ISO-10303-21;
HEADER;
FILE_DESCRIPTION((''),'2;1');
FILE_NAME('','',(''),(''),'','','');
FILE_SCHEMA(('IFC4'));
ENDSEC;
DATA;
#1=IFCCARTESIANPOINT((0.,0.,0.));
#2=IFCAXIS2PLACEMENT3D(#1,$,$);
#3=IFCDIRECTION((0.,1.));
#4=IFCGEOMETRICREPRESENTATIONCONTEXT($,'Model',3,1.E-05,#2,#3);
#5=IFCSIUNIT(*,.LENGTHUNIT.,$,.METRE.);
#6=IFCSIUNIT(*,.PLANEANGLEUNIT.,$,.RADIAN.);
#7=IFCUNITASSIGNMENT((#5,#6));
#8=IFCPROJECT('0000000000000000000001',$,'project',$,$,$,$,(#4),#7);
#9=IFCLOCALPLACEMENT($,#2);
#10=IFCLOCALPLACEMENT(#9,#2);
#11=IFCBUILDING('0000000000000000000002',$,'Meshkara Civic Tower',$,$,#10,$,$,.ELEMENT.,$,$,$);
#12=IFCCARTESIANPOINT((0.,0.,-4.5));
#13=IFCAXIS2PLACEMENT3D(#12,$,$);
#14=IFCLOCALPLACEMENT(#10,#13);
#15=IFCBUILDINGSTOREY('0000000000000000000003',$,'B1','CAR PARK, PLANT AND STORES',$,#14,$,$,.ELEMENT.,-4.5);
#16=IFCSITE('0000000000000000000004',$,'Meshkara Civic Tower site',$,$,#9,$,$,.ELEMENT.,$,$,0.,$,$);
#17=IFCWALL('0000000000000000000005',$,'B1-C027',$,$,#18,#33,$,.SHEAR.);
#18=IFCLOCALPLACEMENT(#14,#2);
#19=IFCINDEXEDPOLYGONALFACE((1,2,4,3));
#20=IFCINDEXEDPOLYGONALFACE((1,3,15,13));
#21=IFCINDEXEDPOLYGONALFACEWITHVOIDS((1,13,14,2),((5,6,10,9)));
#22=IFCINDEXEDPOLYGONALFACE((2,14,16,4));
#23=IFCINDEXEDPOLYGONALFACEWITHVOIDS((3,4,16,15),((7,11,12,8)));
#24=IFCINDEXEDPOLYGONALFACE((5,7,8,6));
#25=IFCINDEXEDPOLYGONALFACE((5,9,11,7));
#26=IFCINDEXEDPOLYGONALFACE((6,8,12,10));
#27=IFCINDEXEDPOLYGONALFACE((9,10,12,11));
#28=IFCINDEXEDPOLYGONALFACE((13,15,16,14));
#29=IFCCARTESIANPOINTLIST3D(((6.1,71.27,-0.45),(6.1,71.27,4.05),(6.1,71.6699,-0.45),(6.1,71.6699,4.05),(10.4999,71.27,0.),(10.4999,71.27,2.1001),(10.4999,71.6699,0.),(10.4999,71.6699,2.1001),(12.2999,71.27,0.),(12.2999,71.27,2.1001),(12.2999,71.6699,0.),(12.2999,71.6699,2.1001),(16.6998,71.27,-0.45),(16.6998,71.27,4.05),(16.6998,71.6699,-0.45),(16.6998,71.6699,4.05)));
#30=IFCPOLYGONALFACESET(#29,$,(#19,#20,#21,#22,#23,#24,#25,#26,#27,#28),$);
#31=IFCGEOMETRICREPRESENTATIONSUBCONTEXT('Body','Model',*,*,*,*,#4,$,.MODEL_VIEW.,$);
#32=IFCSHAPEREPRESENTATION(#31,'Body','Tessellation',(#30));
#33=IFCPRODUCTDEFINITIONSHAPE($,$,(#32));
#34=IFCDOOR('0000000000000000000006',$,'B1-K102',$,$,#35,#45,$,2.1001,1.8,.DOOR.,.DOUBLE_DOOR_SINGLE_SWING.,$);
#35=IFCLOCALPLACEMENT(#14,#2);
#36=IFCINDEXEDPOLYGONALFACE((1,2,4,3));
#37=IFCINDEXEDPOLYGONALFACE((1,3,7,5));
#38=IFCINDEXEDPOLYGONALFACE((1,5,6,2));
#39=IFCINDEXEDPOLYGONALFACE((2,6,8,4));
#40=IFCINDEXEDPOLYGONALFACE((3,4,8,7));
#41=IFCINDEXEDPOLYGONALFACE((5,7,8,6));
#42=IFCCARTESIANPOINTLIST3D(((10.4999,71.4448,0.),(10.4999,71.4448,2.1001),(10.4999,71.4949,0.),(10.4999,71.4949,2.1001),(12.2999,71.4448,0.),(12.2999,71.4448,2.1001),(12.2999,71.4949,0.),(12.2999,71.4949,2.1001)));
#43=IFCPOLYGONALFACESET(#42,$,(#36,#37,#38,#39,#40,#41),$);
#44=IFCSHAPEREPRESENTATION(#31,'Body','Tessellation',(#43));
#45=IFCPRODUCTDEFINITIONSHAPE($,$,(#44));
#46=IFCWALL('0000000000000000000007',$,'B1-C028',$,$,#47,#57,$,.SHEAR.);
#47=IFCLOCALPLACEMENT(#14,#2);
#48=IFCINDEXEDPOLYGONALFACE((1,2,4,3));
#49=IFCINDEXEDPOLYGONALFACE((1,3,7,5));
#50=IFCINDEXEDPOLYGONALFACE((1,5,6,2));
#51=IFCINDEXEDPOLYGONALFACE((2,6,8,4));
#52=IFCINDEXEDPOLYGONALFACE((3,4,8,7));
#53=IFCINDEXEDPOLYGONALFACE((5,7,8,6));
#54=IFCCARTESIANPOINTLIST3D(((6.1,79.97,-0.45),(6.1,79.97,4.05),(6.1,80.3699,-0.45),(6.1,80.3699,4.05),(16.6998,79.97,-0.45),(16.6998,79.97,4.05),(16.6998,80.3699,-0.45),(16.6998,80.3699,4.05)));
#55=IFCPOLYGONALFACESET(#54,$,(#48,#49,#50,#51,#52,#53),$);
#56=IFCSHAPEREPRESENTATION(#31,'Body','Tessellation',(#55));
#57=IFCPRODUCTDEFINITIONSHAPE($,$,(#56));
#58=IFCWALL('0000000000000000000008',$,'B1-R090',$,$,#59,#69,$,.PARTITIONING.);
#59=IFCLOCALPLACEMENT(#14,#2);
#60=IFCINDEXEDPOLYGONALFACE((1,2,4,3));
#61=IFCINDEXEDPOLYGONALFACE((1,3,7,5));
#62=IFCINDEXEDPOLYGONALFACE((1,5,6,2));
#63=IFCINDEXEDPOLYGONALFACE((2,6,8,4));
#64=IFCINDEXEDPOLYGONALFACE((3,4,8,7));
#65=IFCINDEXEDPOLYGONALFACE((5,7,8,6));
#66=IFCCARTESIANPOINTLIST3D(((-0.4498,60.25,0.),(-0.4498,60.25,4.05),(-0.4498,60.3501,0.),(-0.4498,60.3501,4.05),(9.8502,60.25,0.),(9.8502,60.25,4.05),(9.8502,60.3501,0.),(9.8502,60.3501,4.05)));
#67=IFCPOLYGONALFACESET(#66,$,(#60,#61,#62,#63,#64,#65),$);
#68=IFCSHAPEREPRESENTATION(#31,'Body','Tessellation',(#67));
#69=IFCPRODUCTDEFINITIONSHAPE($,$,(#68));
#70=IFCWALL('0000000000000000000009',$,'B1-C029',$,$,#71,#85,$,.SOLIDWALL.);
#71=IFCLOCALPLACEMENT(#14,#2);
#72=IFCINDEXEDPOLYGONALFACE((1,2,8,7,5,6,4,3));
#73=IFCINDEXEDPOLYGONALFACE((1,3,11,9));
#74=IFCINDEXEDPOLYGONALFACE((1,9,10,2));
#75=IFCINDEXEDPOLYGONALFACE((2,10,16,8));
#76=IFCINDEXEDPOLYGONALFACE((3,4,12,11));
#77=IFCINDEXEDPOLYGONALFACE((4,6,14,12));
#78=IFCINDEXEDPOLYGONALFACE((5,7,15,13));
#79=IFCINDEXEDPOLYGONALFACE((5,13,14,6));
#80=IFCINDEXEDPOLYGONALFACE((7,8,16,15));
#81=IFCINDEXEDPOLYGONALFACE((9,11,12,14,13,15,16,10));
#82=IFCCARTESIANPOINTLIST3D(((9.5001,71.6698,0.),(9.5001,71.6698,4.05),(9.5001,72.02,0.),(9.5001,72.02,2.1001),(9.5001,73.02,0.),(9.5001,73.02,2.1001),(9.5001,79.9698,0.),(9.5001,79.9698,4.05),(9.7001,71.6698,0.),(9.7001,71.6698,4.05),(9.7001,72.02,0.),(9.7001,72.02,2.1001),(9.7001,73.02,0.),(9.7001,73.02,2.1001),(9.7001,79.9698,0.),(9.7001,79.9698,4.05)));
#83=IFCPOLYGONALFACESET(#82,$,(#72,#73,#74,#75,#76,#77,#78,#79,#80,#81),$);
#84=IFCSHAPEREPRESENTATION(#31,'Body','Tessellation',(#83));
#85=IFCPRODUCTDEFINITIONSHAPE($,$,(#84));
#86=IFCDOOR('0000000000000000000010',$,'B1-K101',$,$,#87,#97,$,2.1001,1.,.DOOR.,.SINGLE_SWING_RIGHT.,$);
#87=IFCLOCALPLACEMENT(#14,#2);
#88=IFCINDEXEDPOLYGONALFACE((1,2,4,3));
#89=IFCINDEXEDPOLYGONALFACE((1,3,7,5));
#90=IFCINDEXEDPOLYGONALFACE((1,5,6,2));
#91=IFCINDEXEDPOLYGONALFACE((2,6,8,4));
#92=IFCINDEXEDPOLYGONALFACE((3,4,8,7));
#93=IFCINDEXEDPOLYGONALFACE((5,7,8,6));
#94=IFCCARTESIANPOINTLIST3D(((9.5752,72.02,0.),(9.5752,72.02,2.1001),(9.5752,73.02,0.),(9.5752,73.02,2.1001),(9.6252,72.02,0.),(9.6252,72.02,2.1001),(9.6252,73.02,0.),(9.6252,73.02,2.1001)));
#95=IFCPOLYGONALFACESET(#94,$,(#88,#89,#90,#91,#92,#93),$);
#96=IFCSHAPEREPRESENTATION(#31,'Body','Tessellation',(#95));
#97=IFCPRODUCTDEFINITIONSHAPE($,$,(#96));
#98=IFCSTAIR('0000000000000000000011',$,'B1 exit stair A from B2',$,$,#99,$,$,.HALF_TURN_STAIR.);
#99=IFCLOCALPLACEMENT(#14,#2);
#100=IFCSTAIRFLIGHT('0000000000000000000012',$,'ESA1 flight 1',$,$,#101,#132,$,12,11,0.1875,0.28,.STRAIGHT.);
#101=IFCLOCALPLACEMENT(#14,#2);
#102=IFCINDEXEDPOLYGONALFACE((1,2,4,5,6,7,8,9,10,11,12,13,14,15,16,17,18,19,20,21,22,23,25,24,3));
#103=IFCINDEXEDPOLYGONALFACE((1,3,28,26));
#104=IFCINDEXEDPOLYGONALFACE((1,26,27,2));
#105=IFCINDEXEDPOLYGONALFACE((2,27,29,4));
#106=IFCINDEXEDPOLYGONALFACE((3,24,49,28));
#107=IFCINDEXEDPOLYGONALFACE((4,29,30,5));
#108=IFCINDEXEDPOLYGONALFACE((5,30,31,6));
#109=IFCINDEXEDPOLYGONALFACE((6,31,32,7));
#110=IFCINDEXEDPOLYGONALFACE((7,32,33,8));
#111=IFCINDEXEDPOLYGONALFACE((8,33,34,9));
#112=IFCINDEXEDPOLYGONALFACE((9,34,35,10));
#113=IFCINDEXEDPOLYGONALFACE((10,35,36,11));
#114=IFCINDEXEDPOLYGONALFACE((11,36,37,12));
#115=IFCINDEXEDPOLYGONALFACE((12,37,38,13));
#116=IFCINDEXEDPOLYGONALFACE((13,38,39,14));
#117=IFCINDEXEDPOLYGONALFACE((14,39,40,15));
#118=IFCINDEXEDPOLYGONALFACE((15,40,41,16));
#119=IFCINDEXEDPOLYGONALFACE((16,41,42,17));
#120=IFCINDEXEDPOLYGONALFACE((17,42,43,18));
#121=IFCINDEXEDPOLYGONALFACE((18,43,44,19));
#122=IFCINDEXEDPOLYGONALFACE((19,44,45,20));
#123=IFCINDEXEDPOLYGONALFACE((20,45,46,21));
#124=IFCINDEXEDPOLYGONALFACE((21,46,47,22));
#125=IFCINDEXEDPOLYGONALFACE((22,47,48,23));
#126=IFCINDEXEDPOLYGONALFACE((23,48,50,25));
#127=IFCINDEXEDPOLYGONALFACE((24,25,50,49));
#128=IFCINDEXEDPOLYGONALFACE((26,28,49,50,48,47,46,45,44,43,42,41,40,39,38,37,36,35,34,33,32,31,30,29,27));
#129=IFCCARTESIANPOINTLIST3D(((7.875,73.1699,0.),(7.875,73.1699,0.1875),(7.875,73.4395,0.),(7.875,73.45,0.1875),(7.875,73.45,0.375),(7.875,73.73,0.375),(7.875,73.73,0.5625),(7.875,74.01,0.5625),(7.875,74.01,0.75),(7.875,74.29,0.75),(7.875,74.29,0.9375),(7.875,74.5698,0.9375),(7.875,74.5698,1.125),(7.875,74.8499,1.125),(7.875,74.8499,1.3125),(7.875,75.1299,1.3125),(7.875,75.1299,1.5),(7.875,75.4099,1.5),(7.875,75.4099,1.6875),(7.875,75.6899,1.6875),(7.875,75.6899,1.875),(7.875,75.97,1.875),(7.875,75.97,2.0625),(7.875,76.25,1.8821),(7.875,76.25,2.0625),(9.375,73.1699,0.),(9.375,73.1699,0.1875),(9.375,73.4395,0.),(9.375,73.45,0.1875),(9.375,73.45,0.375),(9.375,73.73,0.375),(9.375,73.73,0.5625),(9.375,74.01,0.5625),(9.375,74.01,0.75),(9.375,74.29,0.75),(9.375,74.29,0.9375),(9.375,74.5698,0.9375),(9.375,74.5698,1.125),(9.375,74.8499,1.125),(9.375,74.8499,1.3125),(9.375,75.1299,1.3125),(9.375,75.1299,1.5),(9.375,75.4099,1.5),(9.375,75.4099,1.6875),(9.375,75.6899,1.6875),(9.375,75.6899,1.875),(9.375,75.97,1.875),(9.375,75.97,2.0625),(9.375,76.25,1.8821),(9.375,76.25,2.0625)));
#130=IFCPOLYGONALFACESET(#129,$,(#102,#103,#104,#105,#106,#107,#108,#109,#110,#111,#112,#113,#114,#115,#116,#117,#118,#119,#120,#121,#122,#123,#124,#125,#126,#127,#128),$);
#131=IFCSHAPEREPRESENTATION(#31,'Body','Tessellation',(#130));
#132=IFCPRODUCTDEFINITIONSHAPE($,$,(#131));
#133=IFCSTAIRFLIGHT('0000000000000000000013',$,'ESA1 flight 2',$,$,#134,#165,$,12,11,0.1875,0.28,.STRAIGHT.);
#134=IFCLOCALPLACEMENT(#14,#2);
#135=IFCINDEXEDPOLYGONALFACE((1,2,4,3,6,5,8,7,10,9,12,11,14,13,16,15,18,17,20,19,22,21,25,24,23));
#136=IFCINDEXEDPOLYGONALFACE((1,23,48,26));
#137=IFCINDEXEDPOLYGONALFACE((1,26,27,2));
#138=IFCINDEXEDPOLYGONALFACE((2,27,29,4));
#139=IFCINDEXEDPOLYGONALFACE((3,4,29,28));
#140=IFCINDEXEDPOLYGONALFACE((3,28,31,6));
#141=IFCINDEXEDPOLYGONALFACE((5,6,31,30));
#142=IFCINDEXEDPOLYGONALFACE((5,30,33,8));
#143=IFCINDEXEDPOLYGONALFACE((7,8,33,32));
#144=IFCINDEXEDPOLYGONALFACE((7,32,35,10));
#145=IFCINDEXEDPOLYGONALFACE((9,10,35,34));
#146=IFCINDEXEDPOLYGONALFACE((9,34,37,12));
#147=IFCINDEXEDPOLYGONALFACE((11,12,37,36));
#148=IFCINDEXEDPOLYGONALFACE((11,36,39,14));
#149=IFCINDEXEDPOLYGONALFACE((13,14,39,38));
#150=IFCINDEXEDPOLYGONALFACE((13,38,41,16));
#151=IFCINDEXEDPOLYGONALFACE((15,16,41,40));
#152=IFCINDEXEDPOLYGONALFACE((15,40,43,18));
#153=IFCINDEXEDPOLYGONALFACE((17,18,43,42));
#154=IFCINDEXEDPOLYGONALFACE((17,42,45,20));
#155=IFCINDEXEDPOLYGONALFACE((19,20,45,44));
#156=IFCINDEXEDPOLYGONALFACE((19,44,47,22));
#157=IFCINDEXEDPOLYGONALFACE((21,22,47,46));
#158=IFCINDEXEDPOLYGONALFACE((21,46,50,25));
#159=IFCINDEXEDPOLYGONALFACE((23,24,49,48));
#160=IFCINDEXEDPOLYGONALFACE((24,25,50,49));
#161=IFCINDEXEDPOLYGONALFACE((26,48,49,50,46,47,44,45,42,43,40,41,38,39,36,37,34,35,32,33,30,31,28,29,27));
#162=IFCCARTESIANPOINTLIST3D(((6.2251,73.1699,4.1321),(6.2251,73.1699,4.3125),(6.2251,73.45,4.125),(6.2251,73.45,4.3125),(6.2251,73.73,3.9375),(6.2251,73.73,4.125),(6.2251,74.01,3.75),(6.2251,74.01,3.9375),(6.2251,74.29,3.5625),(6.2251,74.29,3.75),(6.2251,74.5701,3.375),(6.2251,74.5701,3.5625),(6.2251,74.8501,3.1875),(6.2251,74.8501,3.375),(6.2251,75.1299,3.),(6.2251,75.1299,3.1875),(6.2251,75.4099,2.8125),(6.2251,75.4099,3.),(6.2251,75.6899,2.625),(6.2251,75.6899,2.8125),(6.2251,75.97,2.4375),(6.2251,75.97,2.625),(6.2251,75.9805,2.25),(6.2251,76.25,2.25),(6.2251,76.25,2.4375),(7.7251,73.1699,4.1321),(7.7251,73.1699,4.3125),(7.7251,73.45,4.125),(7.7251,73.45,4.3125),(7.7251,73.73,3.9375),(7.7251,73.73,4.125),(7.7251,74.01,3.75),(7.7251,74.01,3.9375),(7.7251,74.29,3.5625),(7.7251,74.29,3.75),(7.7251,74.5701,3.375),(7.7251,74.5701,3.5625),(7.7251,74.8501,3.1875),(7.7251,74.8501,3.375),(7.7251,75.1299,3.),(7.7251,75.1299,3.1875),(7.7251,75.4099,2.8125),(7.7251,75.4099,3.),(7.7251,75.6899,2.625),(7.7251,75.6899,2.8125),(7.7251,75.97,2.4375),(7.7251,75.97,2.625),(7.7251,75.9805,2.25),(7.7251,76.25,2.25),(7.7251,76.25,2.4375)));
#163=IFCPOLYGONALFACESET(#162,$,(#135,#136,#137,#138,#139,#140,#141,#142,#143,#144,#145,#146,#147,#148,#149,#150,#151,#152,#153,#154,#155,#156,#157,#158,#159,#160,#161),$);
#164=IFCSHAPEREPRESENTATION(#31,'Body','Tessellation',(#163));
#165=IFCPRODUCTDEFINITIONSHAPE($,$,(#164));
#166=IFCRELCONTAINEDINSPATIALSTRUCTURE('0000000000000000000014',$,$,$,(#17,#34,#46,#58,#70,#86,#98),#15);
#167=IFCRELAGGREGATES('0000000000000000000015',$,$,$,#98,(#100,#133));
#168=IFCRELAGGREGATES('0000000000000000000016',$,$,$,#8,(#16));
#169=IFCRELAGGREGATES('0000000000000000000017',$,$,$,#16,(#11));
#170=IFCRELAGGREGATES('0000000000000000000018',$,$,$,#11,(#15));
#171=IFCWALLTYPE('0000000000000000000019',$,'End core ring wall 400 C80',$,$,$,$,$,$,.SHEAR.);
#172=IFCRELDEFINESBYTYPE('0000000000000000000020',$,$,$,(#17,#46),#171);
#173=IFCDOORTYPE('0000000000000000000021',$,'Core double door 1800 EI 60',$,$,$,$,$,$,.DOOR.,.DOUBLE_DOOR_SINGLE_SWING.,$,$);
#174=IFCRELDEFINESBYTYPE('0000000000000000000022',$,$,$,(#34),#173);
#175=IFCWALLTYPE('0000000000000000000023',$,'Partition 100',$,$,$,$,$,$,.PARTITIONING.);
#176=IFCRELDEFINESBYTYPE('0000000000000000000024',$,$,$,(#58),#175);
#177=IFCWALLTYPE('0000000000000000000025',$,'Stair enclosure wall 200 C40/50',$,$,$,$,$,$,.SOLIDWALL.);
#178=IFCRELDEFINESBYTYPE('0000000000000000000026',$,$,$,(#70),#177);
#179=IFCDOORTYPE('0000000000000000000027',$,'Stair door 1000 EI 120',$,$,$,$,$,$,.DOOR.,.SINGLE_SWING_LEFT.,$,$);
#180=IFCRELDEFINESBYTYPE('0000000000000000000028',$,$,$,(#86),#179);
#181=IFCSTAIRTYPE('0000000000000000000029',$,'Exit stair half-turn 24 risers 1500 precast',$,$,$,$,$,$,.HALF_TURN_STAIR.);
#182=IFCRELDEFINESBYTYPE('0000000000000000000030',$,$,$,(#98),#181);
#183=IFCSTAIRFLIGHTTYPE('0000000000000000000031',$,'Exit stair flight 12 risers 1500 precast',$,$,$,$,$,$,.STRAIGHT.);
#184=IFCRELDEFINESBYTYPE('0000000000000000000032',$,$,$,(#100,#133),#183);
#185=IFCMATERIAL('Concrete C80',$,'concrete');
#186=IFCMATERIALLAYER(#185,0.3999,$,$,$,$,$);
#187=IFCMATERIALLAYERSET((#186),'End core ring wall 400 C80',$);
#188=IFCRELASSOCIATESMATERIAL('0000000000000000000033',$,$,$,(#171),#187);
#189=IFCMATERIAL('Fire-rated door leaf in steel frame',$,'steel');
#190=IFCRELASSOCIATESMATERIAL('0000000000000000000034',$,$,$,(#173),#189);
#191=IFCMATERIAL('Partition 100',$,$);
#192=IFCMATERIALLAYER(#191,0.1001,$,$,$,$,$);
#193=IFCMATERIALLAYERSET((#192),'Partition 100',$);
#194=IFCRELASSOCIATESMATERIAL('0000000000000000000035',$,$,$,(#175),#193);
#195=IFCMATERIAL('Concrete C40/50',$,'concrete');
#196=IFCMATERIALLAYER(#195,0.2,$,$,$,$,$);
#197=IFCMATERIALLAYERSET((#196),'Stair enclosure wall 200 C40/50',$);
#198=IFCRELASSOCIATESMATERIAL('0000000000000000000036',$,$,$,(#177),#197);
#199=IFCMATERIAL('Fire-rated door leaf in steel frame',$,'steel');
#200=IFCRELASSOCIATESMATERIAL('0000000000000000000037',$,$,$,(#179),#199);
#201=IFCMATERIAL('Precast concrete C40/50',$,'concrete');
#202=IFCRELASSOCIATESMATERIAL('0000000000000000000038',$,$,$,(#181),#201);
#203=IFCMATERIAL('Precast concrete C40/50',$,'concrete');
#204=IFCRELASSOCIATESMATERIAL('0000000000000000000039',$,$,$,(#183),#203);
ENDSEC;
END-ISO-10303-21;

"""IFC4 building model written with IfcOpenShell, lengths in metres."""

from ifc_helpers import new_model, si_unit, direction, frame, frame_2d, origin, place, context, subcontext, project, spatial, polyline, rectangle, outline, extrude, material, layer, layer_set, type_object, element, fill, aggregate, save


model = new_model("IFC4")

# Units and contexts
model_context = context("Model", 3, precision=1e-05, world=origin(), true_north=direction((0.0, 1.0)))
body_context = subcontext(model_context, "Body", "Model", "MODEL_VIEW")
ifc_project = project(units=[si_unit("LENGTHUNIT", "METRE"), si_unit("PLANEANGLEUNIT", "RADIAN")], contexts=[model_context])

# Site, building, storey
site_placement = place(None, origin())
site = spatial("IfcSite", under=ifc_project, at=site_placement, Name="Meshkara Civic Tower site", CompositionType="ELEMENT", RefElevation=0.0)
building_placement = place(site_placement, origin())
building = spatial("IfcBuilding", under=site, at=building_placement, Name="Meshkara Civic Tower", CompositionType="ELEMENT")
storey_placement = place(building_placement, frame((0.0, 0.0, -4.5)))
storey = spatial("IfcBuildingStorey", under=building, at=storey_placement, Name="B1", Description="CAR PARK, PLANT AND STORES", CompositionType="ELEMENT", Elevation=-4.5)

# Shared definitions
ifc_material_1 = material(Name="Concrete C80", Category="concrete")
ifc_layer_1 = layer(ifc_material_1, 0.3999)
ifc_layer_set_1 = layer_set([ifc_layer_1], Name="End core ring wall 400 C80")
wall_type_1 = type_object("IfcWallType", Name="End core ring wall 400 C80", PredefinedType="SHEAR", material=ifc_layer_set_1)

# Wall, opening, door
wall_1_placement = place(storey_placement, frame((6.1001, 71.47, -0.45), z_axis=(0.0, 0.0, 1.0), x_axis=(1.0, 0.0, 0.0)))
wall_1 = element("IfcWall", 1, at=wall_1_placement, inside=storey, type_object=wall_type_1, Name="B1-C027", PredefinedType="SHEAR", context=body_context, shape_type="SweptSolid", body=[
    extrude(rectangle(XDim=10.5999, YDim=0.3999, at=frame_2d((5.2998, 0.0))), origin(), (0.0, 0.0, 1.0), 4.5),
])
opening_1_placement = place(wall_1_placement, frame((4.3999, 0.0, 0.45)))
opening_1 = element("IfcOpeningElement", 2, at=opening_1_placement, cuts=wall_1, PredefinedType="OPENING", context=body_context, shape_type="SweptSolid", body=[
    extrude(rectangle(XDim=1.8, YDim=2.1001, at=frame_2d((0.8999, 1.05))), frame((0.0, 0.21, 0.0), z_axis=(0.0, -1.0, 0.0), x_axis=(1.0, 0.0, 0.0)), (0.0, 0.0, 1.0), 0.4199),
])
ifc_material_2 = material(Name="Fire-rated door leaf in steel frame", Category="steel")
door_type_1 = type_object("IfcDoorType", Name="Core double door 1800 EI 60", OperationType="DOUBLE_DOOR_SINGLE_SWING", PredefinedType="DOOR", material=ifc_material_2)
door_1_placement = place(opening_1_placement, origin())
door_1 = element("IfcDoor", 3, at=door_1_placement, inside=storey, type_object=door_type_1, Name="B1-K102", OperationType="DOUBLE_DOOR_SINGLE_SWING", OverallHeight=2.1001, OverallWidth=1.8, PredefinedType="DOOR", context=body_context, shape_type="SweptSolid", body=[
    extrude(rectangle(XDim=1.8, YDim=2.1001, at=frame_2d((0.8999, 1.05))), frame((0.0, 0.0249, 0.0), z_axis=(0.0, -1.0, 0.0), x_axis=(1.0, 0.0, 0.0)), (0.0, 0.0, 1.0), 0.05),
])
fill(opening_1, door_1)

# Walls
wall_2_placement = place(storey_placement, frame((6.1001, 80.1699, -0.45), z_axis=(0.0, 0.0, 1.0), x_axis=(1.0, 0.0, 0.0)))
element("IfcWall", 4, at=wall_2_placement, inside=storey, type_object=wall_type_1, Name="B1-C028", PredefinedType="SHEAR", context=body_context, shape_type="SweptSolid", body=[
    extrude(rectangle(XDim=10.5999, YDim=0.3999, at=frame_2d((5.2998, 0.0))), origin(), (0.0, 0.0, 1.0), 4.5),
])
ifc_material_3 = material(Name="Partition 100")
ifc_layer_2 = layer(ifc_material_3, 0.1001)
ifc_layer_set_2 = layer_set([ifc_layer_2], Name="Partition 100")
wall_type_2 = type_object("IfcWallType", Name="Partition 100", PredefinedType="PARTITIONING", material=ifc_layer_set_2)
wall_3_placement = place(storey_placement, frame((9.8501, 60.3, 0.0), z_axis=(0.0, 0.0, 1.0), x_axis=(-1.0, 0.0, 0.0)))
element("IfcWall", 5, at=wall_3_placement, inside=storey, type_object=wall_type_2, Name="B1-R090", PredefinedType="PARTITIONING", context=body_context, shape_type="SweptSolid", body=[
    extrude(rectangle(XDim=10.3, YDim=0.1001, at=frame_2d((5.1499, 0.0))), origin(), (0.0, 0.0, 1.0), 4.05),
])

# Wall, opening, door
ifc_material_4 = material(Name="Concrete C40/50", Category="concrete")
ifc_layer_3 = layer(ifc_material_4, 0.2)
ifc_layer_set_3 = layer_set([ifc_layer_3], Name="Stair enclosure wall 200 C40/50")
wall_type_3 = type_object("IfcWallType", Name="Stair enclosure wall 200 C40/50", PredefinedType="SOLIDWALL", material=ifc_layer_set_3)
wall_4_placement = place(storey_placement, frame((9.6001, 71.6699, 0.0), z_axis=(0.0, 0.0, 1.0), x_axis=(0.0, 1.0, 0.0)))
wall_4 = element("IfcWall", 6, at=wall_4_placement, inside=storey, type_object=wall_type_3, Name="B1-C029", PredefinedType="SOLIDWALL", context=body_context, shape_type="SweptSolid", body=[
    extrude(rectangle(XDim=8.3, YDim=0.2, at=frame_2d((4.1499, 0.0))), origin(), (0.0, 0.0, 1.0), 4.05),
])
opening_2_placement = place(wall_4_placement, frame((0.3501, 0.0, 0.0)))
opening_2 = element("IfcOpeningElement", 7, at=opening_2_placement, cuts=wall_4, PredefinedType="OPENING", context=body_context, shape_type="SweptSolid", body=[
    extrude(rectangle(XDim=1.0, YDim=2.1001, at=frame_2d((0.5, 1.05))), frame((0.0, 0.1099, 0.0), z_axis=(0.0, -1.0, 0.0), x_axis=(1.0, 0.0, 0.0)), (0.0, 0.0, 1.0), 0.22),
])
ifc_material_5 = material(Name="Fire-rated door leaf in steel frame", Category="steel")
door_type_2 = type_object("IfcDoorType", Name="Stair door 1000 EI 120", OperationType="SINGLE_SWING_LEFT", PredefinedType="DOOR", material=ifc_material_5)
door_2_placement = place(opening_2_placement, origin())
door_2 = element("IfcDoor", 8, at=door_2_placement, inside=storey, type_object=door_type_2, Name="B1-K101", OperationType="SINGLE_SWING_RIGHT", OverallHeight=2.1001, OverallWidth=1.0, PredefinedType="DOOR", context=body_context, shape_type="SweptSolid", body=[
    extrude(rectangle(XDim=1.0, YDim=2.1001, at=frame_2d((0.5, 1.05))), frame((0.0, 0.0249, 0.0), z_axis=(0.0, -1.0, 0.0), x_axis=(1.0, 0.0, 0.0)), (0.0, 0.0, 1.0), 0.05),
])
fill(opening_2, door_2)

# Stair, stair flights
ifc_material_6 = material(Name="Precast concrete C40/50", Category="concrete")
stair_type = type_object("IfcStairType", Name="Exit stair half-turn 24 risers 1500 precast", PredefinedType="HALF_TURN_STAIR", material=ifc_material_6)
stair_placement = place(storey_placement, origin())
stair = element("IfcStair", 9, at=stair_placement, inside=storey, type_object=stair_type, Name="B1 exit stair A from B2", PredefinedType="HALF_TURN_STAIR")
ifc_material_7 = material(Name="Precast concrete C40/50", Category="concrete")
stair_flight_type = type_object("IfcStairFlightType", Name="Exit stair flight 12 risers 1500 precast", PredefinedType="STRAIGHT", material=ifc_material_7)
stair_flight_1_placement = place(storey_placement, frame((8.625, 73.1699, 0.0), z_axis=(0.0, 0.0, 1.0), x_axis=(0.0, 1.0, 0.0)))
stair_flight_1 = element("IfcStairFlight", 10, at=stair_flight_1_placement, type_object=stair_flight_type, Name="ESA1 flight 1", NumberOfRisers=12, NumberOfTreads=11, PredefinedType="STRAIGHT", RiserHeight=0.1875, TreadLength=0.28, context=body_context, shape_type="SweptSolid", body=[
    extrude(outline(polyline([(0.0, 0.0), (0.0, 0.1875), (0.28, 0.1875), (0.28, 0.375), (0.5601, 0.375), (0.5601, 0.5625), (0.8401, 0.5625), (0.8401, 0.75), (1.1201, 0.75), (1.1201, 0.9375), (1.3999, 0.9375), (1.3999, 1.125), (1.6799, 1.125), (1.6799, 1.3125), (1.96, 1.3125), (1.96, 1.5), (2.24, 1.5), (2.24, 1.6875), (2.52, 1.6875), (2.52, 1.875), (2.8, 1.875), (2.8, 2.0625), (3.0801, 2.0625), (3.0801, 2.25), (3.0801, 1.8821), (0.2695, 0.0), (0.0, 0.0)])), frame((0.0, 0.75, 0.0), z_axis=(0.0, -1.0, 0.0), x_axis=(1.0, 0.0, 0.0)), (0.0, 0.0, 1.0), 1.5),
])
stair_flight_2_placement = place(storey_placement, frame((6.9751, 76.25, 2.25), z_axis=(0.0, 0.0, 1.0), x_axis=(0.0, -1.0, 0.0)))
stair_flight_2 = element("IfcStairFlight", 11, at=stair_flight_2_placement, type_object=stair_flight_type, Name="ESA1 flight 2", NumberOfRisers=12, NumberOfTreads=11, PredefinedType="STRAIGHT", RiserHeight=0.1875, TreadLength=0.28, context=body_context, shape_type="SweptSolid", body=[
    extrude(outline(polyline([(0.0, 0.0), (0.0, 0.1875), (0.28, 0.1875), (0.28, 0.375), (0.5601, 0.375), (0.5601, 0.5625), (0.8401, 0.5625), (0.8401, 0.75), (1.1201, 0.75), (1.1201, 0.9375), (1.3999, 0.9375), (1.3999, 1.125), (1.6799, 1.125), (1.6799, 1.3125), (1.96, 1.3125), (1.96, 1.5), (2.24, 1.5), (2.24, 1.6875), (2.52, 1.6875), (2.52, 1.875), (2.8, 1.875), (2.8, 2.0625), (3.0801, 2.0625), (3.0801, 2.25), (3.0801, 1.8821), (0.2695, 0.0), (0.0, 0.0)])), frame((0.0, 0.75, 0.0), z_axis=(0.0, -1.0, 0.0), x_axis=(1.0, 0.0, 0.0)), (0.0, 0.0, 1.0), 1.5),
])
aggregate(stair, [stair_flight_1, stair_flight_2])

save(model, "model.ifc")
